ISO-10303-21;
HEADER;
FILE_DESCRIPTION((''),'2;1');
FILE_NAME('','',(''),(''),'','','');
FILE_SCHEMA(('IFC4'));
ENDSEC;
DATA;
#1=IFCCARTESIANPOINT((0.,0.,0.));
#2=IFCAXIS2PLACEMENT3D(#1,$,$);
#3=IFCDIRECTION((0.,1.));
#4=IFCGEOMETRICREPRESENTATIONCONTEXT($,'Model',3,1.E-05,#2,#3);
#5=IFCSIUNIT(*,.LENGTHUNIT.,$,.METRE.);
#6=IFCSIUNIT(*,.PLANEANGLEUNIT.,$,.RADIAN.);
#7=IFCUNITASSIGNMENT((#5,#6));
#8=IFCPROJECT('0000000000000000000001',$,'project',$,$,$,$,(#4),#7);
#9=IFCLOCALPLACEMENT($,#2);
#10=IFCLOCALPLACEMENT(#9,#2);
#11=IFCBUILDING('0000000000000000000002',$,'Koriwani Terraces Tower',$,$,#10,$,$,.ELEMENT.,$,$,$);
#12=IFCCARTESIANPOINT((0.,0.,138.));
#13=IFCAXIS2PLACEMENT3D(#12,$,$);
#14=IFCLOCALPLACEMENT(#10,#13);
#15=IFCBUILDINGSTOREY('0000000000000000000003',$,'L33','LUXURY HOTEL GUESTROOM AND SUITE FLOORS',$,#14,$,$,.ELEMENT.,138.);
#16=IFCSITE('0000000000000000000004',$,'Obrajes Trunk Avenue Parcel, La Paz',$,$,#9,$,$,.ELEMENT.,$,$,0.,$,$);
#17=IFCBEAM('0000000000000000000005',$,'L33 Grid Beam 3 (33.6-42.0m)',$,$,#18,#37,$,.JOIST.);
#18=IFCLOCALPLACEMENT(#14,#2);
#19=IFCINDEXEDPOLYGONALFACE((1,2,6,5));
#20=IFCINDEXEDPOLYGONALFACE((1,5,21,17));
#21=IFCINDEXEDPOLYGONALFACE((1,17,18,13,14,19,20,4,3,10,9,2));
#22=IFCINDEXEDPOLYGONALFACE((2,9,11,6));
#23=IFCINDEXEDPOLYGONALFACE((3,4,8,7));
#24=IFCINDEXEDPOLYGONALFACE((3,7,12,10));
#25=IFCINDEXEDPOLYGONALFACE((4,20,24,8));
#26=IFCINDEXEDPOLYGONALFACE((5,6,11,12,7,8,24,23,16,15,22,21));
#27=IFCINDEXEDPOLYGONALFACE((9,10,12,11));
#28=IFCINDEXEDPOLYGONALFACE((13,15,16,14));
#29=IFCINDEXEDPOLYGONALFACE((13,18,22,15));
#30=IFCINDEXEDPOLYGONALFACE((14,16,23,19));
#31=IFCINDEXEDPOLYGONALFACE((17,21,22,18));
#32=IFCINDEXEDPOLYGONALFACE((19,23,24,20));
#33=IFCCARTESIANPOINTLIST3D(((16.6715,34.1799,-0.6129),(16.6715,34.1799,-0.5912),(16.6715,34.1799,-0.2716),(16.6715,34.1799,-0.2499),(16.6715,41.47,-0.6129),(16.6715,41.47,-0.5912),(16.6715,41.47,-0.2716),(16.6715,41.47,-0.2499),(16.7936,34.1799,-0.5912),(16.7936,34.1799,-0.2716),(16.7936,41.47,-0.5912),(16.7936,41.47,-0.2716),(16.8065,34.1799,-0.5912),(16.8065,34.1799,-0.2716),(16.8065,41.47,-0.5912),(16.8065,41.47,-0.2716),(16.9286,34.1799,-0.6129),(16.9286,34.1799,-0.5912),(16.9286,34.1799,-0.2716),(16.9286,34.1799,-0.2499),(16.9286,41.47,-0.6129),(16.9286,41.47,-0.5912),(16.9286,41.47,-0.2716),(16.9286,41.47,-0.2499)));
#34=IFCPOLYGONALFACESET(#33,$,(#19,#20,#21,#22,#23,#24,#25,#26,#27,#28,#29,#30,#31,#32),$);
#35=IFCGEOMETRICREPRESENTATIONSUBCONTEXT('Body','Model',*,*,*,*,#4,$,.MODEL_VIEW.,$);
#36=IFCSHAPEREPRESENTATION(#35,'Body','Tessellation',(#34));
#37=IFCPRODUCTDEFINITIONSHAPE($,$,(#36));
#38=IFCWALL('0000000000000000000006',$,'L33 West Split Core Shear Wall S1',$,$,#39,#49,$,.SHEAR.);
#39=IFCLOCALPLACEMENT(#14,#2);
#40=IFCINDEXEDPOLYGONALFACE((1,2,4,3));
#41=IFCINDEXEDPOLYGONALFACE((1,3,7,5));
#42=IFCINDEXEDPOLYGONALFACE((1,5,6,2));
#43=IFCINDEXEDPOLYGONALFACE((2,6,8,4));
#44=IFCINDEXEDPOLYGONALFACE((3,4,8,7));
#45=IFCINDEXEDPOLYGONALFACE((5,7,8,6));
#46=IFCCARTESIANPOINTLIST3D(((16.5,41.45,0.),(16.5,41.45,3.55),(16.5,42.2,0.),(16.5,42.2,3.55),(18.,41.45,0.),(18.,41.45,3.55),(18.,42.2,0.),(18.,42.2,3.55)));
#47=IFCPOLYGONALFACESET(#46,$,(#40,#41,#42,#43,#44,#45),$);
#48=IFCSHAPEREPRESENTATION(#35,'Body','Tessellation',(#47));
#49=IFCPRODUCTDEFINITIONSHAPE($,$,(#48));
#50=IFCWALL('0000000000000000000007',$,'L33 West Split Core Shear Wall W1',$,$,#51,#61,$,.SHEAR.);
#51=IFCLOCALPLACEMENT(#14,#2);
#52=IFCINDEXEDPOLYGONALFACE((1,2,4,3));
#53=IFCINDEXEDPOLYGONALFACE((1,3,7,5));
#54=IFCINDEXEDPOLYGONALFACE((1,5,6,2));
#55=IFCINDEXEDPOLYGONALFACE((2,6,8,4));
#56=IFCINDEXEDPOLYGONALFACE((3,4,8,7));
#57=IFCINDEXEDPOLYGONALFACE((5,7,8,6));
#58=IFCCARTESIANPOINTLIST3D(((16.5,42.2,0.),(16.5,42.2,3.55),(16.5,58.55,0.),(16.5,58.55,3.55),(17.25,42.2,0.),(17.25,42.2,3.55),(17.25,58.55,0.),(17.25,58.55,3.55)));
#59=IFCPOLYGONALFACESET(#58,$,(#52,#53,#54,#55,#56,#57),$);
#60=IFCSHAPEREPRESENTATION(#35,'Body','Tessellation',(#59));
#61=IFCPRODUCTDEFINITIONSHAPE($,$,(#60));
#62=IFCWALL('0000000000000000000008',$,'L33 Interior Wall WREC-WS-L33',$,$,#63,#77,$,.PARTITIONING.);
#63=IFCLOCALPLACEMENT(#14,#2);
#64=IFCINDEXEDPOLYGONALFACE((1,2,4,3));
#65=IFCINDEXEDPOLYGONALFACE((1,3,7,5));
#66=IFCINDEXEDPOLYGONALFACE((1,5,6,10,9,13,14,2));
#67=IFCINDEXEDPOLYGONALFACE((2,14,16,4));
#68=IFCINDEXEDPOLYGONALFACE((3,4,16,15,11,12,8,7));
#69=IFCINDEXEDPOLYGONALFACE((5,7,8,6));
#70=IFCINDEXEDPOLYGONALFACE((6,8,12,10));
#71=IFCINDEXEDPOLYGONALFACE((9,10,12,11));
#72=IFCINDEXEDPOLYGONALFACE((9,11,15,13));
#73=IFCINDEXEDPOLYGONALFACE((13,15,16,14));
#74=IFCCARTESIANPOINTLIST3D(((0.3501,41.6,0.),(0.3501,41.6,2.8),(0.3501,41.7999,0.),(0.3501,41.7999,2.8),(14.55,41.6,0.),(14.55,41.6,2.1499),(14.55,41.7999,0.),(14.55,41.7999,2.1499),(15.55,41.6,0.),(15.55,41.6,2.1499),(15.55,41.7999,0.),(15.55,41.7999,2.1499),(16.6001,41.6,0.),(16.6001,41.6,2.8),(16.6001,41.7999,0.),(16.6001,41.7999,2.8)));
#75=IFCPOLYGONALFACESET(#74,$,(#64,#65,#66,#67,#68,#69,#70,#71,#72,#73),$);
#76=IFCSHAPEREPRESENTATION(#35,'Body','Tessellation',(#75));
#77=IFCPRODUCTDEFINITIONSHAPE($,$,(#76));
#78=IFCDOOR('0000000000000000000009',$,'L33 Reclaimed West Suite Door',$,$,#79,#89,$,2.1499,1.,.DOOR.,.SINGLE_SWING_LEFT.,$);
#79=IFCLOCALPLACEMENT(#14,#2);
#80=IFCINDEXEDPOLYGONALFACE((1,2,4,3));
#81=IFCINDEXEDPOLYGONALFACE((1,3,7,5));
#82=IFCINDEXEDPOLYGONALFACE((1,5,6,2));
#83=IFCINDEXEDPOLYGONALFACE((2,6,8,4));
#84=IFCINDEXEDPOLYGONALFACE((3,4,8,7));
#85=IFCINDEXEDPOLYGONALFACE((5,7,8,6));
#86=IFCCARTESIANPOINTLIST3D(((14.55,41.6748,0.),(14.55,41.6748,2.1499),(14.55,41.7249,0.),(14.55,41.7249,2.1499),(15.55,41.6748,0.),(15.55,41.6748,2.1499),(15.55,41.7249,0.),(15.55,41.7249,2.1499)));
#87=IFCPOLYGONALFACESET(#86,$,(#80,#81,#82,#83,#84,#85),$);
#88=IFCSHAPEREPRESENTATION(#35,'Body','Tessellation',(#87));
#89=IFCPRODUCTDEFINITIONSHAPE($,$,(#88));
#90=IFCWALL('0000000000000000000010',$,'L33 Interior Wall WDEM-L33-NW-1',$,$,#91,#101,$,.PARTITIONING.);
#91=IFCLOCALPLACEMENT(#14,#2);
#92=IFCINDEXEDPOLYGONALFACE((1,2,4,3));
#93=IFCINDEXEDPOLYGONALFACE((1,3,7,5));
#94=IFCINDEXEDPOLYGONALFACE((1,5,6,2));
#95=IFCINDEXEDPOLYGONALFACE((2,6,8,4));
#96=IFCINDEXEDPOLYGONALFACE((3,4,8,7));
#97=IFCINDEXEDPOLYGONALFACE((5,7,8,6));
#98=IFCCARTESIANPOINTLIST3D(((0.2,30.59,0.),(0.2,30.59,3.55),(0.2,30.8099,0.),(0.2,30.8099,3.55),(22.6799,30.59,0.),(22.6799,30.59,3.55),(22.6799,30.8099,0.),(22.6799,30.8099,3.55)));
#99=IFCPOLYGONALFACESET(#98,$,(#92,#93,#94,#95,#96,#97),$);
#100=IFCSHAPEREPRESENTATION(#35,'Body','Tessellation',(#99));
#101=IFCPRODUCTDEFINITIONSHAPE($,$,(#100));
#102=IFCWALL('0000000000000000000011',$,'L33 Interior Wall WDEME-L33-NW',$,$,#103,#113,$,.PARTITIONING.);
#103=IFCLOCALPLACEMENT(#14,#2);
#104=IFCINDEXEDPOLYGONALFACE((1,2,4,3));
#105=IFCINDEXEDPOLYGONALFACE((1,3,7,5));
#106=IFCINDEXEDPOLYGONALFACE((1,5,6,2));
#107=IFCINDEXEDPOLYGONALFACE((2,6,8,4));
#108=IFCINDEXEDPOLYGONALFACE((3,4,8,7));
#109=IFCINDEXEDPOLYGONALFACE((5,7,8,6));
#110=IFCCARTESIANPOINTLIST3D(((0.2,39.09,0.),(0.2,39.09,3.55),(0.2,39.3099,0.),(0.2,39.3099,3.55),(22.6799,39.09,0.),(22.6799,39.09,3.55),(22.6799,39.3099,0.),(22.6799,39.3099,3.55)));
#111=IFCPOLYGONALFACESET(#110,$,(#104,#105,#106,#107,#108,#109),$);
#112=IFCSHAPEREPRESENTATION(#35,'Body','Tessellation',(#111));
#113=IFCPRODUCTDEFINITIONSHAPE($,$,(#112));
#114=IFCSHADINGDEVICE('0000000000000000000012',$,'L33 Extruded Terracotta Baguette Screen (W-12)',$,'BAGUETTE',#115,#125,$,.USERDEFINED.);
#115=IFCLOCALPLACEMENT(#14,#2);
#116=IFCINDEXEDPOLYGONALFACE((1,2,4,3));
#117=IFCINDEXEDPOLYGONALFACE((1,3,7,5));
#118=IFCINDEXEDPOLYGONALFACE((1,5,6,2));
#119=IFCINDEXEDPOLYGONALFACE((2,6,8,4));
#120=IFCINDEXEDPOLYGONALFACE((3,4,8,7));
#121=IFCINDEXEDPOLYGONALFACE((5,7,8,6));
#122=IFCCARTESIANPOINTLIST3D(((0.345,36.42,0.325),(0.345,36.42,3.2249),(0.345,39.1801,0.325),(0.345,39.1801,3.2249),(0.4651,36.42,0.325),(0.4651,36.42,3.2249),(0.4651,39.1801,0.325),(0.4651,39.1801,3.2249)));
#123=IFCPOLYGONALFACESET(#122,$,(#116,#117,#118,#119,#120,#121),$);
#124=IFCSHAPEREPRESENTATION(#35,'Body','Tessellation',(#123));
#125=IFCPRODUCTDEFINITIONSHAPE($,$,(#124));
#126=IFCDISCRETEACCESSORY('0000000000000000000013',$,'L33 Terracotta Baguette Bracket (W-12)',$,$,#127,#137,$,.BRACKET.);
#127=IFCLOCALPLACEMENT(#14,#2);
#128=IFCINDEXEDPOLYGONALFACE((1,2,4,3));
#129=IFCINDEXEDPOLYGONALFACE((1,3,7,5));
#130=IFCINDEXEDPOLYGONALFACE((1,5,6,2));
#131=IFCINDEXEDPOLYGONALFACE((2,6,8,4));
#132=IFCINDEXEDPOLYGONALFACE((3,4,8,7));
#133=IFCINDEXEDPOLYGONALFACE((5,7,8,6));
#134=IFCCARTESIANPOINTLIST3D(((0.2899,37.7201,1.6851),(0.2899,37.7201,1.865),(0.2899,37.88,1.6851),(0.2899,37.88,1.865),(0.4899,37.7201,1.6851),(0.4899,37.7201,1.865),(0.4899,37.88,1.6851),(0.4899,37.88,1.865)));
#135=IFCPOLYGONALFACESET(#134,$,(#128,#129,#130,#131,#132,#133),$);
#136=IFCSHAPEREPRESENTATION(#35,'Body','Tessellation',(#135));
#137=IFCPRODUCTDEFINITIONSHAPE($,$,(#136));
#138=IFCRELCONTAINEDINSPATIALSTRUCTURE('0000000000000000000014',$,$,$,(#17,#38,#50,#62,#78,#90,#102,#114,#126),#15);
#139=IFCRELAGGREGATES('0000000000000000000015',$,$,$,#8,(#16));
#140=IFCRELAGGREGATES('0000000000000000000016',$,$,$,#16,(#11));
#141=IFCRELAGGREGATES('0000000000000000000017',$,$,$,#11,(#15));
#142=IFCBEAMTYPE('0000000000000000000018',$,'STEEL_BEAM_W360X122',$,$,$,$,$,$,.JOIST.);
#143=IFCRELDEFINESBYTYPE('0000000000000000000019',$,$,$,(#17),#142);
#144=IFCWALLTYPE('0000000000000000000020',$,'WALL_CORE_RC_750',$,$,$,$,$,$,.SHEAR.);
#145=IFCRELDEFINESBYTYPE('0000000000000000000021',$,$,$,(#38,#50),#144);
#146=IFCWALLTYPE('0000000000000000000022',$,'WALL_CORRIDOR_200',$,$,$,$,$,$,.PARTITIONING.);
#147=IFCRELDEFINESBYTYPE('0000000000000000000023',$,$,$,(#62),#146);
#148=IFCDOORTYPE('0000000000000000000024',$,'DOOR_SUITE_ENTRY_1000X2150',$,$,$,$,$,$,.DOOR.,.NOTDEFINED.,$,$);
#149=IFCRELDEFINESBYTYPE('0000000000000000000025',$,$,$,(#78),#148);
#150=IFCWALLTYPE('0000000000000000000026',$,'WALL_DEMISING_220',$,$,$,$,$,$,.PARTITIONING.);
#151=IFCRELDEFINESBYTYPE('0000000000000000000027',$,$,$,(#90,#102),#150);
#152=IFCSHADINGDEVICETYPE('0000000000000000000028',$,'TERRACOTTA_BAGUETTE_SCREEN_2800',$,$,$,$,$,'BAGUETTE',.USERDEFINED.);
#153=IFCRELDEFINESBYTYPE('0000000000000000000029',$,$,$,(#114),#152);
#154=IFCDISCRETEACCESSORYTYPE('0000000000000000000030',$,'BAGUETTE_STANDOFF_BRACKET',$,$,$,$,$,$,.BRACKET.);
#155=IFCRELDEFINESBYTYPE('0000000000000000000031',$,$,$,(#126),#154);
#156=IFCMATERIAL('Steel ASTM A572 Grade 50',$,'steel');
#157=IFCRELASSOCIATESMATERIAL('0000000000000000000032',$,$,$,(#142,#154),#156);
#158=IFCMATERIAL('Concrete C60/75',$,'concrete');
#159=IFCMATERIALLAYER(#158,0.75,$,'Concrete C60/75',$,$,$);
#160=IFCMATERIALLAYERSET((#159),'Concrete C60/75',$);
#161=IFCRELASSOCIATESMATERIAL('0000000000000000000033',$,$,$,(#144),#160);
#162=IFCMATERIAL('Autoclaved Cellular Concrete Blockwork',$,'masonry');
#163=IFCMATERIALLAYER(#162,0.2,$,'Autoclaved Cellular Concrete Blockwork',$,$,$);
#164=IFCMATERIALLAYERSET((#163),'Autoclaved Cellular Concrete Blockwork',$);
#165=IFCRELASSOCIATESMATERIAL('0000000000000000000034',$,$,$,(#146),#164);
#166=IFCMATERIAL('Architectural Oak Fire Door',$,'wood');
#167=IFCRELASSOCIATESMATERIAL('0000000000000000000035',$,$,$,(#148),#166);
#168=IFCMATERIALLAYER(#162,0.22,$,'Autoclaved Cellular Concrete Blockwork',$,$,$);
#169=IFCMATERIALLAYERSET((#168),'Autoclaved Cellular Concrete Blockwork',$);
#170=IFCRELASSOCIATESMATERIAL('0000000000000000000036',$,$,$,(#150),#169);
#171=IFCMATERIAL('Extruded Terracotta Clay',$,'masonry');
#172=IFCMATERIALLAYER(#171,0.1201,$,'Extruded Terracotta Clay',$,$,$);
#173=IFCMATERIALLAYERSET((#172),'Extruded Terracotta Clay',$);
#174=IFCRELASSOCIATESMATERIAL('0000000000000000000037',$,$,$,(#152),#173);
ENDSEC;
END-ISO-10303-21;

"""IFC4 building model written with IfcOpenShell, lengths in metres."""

from ifc_helpers import new_model, si_unit, direction, frame, frame_2d, origin, origin_2d, place, context, subcontext, project, spatial, rectangle, i_section, extrude, material, layer, layer_set, material_profile, profile_set, type_object, element, fill, save


model = new_model("IFC4")

# Units and contexts
model_context = context("Model", 3, precision=1e-05, world=origin(), true_north=direction((0.0, 1.0)))
body_context = subcontext(model_context, "Body", "Model", "MODEL_VIEW")
ifc_project = project(units=[si_unit("LENGTHUNIT", "METRE"), si_unit("PLANEANGLEUNIT", "RADIAN")], contexts=[model_context])

# Site, building, storey
site_placement = place(None, origin())
site = spatial("IfcSite", under=ifc_project, at=site_placement, Name="Obrajes Trunk Avenue Parcel, La Paz", CompositionType="ELEMENT", RefElevation=0.0)
building_placement = place(site_placement, origin())
building = spatial("IfcBuilding", under=site, at=building_placement, Name="Koriwani Terraces Tower", CompositionType="ELEMENT")
storey_placement = place(building_placement, frame((0.0, 0.0, 138.0)))
storey = spatial("IfcBuildingStorey", under=building, at=storey_placement, Name="L33", Description="LUXURY HOTEL GUESTROOM AND SUITE FLOORS", CompositionType="ELEMENT", Elevation=138.0)

# Shared definitions
ifc_material_1 = material(Name="Concrete C60/75", Category="concrete")

# Beam
ifc_material_2 = material(Name="Steel ASTM A572 Grade 50", Category="steel")
ifc_material_profile_1 = material_profile(ifc_material_2, i_section(OverallWidth=0.2571, OverallDepth=0.363, WebThickness=0.0129, FlangeThickness=0.0217, at=origin_2d()), Name="Steel ASTM A572 Grade 50", Category="LoadBearing")
ifc_profile_set_1 = profile_set([ifc_material_profile_1], Name="Steel ASTM A572 Grade 50")
beam_type_1 = type_object("IfcBeamType", Name="STEEL_BEAM_W360X122", PredefinedType="JOIST", material=ifc_profile_set_1)
beam_1_placement = place(storey_placement, frame((16.8, 34.1799, -0.4314), z_axis=(0.0, 1.0, 0.0), x_axis=(-1.0, 0.0, 0.0)))
element("IfcBeam", 1, at=beam_1_placement, inside=storey, type_object=beam_type_1, Name="L33 Grid Beam 3 (33.6-42.0m)", PredefinedType="JOIST", context=body_context, shape_type="SweptSolid", body=[
    extrude(i_section(OverallWidth=0.2571, OverallDepth=0.363, WebThickness=0.0129, FlangeThickness=0.0217, at=origin_2d()), origin(), (0.0, 0.0, 1.0), 7.29),
])

# Walls
ifc_layer_1 = layer(ifc_material_1, 0.75, Name="Concrete C60/75")
ifc_layer_set_1 = layer_set([ifc_layer_1], Name="Concrete C60/75")
wall_type_1 = type_object("IfcWallType", Name="WALL_CORE_RC_750", PredefinedType="SHEAR", material=ifc_layer_set_1)
wall_1_placement = place(storey_placement, frame((16.5, 41.825, 0.0), z_axis=(0.0, 0.0, 1.0), x_axis=(1.0, 0.0, 0.0)))
element("IfcWall", 2, at=wall_1_placement, inside=storey, type_object=wall_type_1, Name="L33 West Split Core Shear Wall S1", PredefinedType="SHEAR", context=body_context, shape_type="SweptSolid", body=[
    extrude(rectangle(XDim=1.5, YDim=0.75, at=frame_2d((0.75, 0.0))), origin(), (0.0, 0.0, 1.0), 3.55),
])
wall_2_placement = place(storey_placement, frame((16.875, 42.2, 0.0), z_axis=(0.0, 0.0, 1.0), x_axis=(0.0, 1.0, 0.0)))
element("IfcWall", 3, at=wall_2_placement, inside=storey, type_object=wall_type_1, Name="L33 West Split Core Shear Wall W1", PredefinedType="SHEAR", context=body_context, shape_type="SweptSolid", body=[
    extrude(rectangle(XDim=16.3501, YDim=0.75, at=frame_2d((8.175, 0.0))), origin(), (0.0, 0.0, 1.0), 3.55),
])

# Wall, opening, door
ifc_material_3 = material(Name="Autoclaved Cellular Concrete Blockwork", Category="masonry")
ifc_layer_2 = layer(ifc_material_3, 0.2, Name="Autoclaved Cellular Concrete Blockwork")
ifc_layer_set_2 = layer_set([ifc_layer_2], Name="Autoclaved Cellular Concrete Blockwork")
wall_type_2 = type_object("IfcWallType", Name="WALL_CORRIDOR_200", PredefinedType="PARTITIONING", material=ifc_layer_set_2)
wall_3_placement = place(storey_placement, frame((0.3501, 41.7, 0.0), z_axis=(0.0, 0.0, 1.0), x_axis=(1.0, 0.0, 0.0)))
wall_3 = element("IfcWall", 4, at=wall_3_placement, inside=storey, type_object=wall_type_2, Name="L33 Interior Wall WREC-WS-L33", PredefinedType="PARTITIONING", context=body_context, shape_type="SweptSolid", body=[
    extrude(rectangle(XDim=16.25, YDim=0.2, at=frame_2d((8.125, 0.0))), origin(), (0.0, 0.0, 1.0), 2.8),
])
opening_1_placement = place(wall_3_placement, frame((14.2, 0.0, 0.0)))
opening_1 = element("IfcOpeningElement", 5, at=opening_1_placement, cuts=wall_3, PredefinedType="OPENING", context=body_context, shape_type="SweptSolid", body=[
    extrude(rectangle(XDim=1.0, YDim=2.1499, at=frame_2d((0.5, 1.075))), frame((0.0, 0.1099, 0.0), z_axis=(0.0, -1.0, 0.0), x_axis=(1.0, 0.0, 0.0)), (0.0, 0.0, 1.0), 0.22),
])
ifc_material_4 = material(Name="Architectural Oak Fire Door", Category="wood")
door_type_1 = type_object("IfcDoorType", Name="DOOR_SUITE_ENTRY_1000X2150", OperationType="NOTDEFINED", PredefinedType="DOOR", material=ifc_material_4)
door_1_placement = place(opening_1_placement, origin())
door_1 = element("IfcDoor", 6, at=door_1_placement, inside=storey, type_object=door_type_1, Name="L33 Reclaimed West Suite Door", OperationType="SINGLE_SWING_LEFT", OverallHeight=2.1499, OverallWidth=1.0, PredefinedType="DOOR", context=body_context, shape_type="SweptSolid", body=[
    extrude(rectangle(XDim=1.0, YDim=2.1499, at=frame_2d((0.5, 1.075))), frame((0.0, 0.0249, 0.0), z_axis=(0.0, -1.0, 0.0), x_axis=(1.0, 0.0, 0.0)), (0.0, 0.0, 1.0), 0.05),
])
fill(opening_1, door_1)

# Walls
ifc_layer_3 = layer(ifc_material_3, 0.22, Name="Autoclaved Cellular Concrete Blockwork")
ifc_layer_set_3 = layer_set([ifc_layer_3], Name="Autoclaved Cellular Concrete Blockwork")
wall_type_3 = type_object("IfcWallType", Name="WALL_DEMISING_220", PredefinedType="PARTITIONING", material=ifc_layer_set_3)
for number, where, z_axis, x_axis, name in (
    (7, (0.2, 30.7, 0.0), (0.0, 0.0, 1.0), (1.0, 0.0, 0.0), "L33 Interior Wall WDEM-L33-NW-1"),
    (8, (0.2, 39.2, 0.0), (0.0, 0.0, 1.0), (1.0, 0.0, 0.0), "L33 Interior Wall WDEME-L33-NW"),
):
    element("IfcWall", number, at=place(storey_placement, frame(where, z_axis=z_axis, x_axis=x_axis)), inside=storey, type_object=wall_type_3, Name=name, PredefinedType="PARTITIONING", context=body_context, shape_type="SweptSolid", body=[
        extrude(rectangle(XDim=22.48, YDim=0.22, at=frame_2d((11.24, 0.0))), origin(), (0.0, 0.0, 1.0), 3.55),
    ])

# Shading device
ifc_material_5 = material(Name="Extruded Terracotta Clay", Category="masonry")
ifc_layer_4 = layer(ifc_material_5, 0.1201, Name="Extruded Terracotta Clay")
ifc_layer_set_4 = layer_set([ifc_layer_4], Name="Extruded Terracotta Clay")
shading_device_type = type_object("IfcShadingDeviceType", Name="TERRACOTTA_BAGUETTE_SCREEN_2800", ElementType="BAGUETTE", PredefinedType="USERDEFINED", material=ifc_layer_set_4)
shading_device_placement = place(storey_placement, frame((0.405, 37.8, 0.325), z_axis=(0.0, 0.0, 1.0), x_axis=(0.0, 1.0, 0.0)))
element("IfcShadingDevice", 9, at=shading_device_placement, inside=storey, type_object=shading_device_type, Name="L33 Extruded Terracotta Baguette Screen (W-12)", ObjectType="BAGUETTE", PredefinedType="USERDEFINED", context=body_context, shape_type="SweptSolid", body=[
    extrude(rectangle(XDim=2.76, YDim=0.1201, at=origin_2d()), origin(), (0.0, 0.0, 1.0), 2.8999),
])

# Discrete accessory
discrete_accessory_type = type_object("IfcDiscreteAccessoryType", Name="BAGUETTE_STANDOFF_BRACKET", PredefinedType="BRACKET", material=ifc_material_2)
discrete_accessory_placement = place(storey_placement, frame((0.3899, 37.8, 1.6851), z_axis=(0.0, 0.0, 1.0), x_axis=(0.0, 1.0, 0.0)))
element("IfcDiscreteAccessory", 10, at=discrete_accessory_placement, inside=storey, type_object=discrete_accessory_type, Name="L33 Terracotta Baguette Bracket (W-12)", PredefinedType="BRACKET", context=body_context, shape_type="SweptSolid", body=[
    extrude(rectangle(XDim=0.1599, YDim=0.2, at=origin_2d()), origin(), (0.0, 0.0, 1.0), 0.1799),
])

save(model, "model.ifc")
